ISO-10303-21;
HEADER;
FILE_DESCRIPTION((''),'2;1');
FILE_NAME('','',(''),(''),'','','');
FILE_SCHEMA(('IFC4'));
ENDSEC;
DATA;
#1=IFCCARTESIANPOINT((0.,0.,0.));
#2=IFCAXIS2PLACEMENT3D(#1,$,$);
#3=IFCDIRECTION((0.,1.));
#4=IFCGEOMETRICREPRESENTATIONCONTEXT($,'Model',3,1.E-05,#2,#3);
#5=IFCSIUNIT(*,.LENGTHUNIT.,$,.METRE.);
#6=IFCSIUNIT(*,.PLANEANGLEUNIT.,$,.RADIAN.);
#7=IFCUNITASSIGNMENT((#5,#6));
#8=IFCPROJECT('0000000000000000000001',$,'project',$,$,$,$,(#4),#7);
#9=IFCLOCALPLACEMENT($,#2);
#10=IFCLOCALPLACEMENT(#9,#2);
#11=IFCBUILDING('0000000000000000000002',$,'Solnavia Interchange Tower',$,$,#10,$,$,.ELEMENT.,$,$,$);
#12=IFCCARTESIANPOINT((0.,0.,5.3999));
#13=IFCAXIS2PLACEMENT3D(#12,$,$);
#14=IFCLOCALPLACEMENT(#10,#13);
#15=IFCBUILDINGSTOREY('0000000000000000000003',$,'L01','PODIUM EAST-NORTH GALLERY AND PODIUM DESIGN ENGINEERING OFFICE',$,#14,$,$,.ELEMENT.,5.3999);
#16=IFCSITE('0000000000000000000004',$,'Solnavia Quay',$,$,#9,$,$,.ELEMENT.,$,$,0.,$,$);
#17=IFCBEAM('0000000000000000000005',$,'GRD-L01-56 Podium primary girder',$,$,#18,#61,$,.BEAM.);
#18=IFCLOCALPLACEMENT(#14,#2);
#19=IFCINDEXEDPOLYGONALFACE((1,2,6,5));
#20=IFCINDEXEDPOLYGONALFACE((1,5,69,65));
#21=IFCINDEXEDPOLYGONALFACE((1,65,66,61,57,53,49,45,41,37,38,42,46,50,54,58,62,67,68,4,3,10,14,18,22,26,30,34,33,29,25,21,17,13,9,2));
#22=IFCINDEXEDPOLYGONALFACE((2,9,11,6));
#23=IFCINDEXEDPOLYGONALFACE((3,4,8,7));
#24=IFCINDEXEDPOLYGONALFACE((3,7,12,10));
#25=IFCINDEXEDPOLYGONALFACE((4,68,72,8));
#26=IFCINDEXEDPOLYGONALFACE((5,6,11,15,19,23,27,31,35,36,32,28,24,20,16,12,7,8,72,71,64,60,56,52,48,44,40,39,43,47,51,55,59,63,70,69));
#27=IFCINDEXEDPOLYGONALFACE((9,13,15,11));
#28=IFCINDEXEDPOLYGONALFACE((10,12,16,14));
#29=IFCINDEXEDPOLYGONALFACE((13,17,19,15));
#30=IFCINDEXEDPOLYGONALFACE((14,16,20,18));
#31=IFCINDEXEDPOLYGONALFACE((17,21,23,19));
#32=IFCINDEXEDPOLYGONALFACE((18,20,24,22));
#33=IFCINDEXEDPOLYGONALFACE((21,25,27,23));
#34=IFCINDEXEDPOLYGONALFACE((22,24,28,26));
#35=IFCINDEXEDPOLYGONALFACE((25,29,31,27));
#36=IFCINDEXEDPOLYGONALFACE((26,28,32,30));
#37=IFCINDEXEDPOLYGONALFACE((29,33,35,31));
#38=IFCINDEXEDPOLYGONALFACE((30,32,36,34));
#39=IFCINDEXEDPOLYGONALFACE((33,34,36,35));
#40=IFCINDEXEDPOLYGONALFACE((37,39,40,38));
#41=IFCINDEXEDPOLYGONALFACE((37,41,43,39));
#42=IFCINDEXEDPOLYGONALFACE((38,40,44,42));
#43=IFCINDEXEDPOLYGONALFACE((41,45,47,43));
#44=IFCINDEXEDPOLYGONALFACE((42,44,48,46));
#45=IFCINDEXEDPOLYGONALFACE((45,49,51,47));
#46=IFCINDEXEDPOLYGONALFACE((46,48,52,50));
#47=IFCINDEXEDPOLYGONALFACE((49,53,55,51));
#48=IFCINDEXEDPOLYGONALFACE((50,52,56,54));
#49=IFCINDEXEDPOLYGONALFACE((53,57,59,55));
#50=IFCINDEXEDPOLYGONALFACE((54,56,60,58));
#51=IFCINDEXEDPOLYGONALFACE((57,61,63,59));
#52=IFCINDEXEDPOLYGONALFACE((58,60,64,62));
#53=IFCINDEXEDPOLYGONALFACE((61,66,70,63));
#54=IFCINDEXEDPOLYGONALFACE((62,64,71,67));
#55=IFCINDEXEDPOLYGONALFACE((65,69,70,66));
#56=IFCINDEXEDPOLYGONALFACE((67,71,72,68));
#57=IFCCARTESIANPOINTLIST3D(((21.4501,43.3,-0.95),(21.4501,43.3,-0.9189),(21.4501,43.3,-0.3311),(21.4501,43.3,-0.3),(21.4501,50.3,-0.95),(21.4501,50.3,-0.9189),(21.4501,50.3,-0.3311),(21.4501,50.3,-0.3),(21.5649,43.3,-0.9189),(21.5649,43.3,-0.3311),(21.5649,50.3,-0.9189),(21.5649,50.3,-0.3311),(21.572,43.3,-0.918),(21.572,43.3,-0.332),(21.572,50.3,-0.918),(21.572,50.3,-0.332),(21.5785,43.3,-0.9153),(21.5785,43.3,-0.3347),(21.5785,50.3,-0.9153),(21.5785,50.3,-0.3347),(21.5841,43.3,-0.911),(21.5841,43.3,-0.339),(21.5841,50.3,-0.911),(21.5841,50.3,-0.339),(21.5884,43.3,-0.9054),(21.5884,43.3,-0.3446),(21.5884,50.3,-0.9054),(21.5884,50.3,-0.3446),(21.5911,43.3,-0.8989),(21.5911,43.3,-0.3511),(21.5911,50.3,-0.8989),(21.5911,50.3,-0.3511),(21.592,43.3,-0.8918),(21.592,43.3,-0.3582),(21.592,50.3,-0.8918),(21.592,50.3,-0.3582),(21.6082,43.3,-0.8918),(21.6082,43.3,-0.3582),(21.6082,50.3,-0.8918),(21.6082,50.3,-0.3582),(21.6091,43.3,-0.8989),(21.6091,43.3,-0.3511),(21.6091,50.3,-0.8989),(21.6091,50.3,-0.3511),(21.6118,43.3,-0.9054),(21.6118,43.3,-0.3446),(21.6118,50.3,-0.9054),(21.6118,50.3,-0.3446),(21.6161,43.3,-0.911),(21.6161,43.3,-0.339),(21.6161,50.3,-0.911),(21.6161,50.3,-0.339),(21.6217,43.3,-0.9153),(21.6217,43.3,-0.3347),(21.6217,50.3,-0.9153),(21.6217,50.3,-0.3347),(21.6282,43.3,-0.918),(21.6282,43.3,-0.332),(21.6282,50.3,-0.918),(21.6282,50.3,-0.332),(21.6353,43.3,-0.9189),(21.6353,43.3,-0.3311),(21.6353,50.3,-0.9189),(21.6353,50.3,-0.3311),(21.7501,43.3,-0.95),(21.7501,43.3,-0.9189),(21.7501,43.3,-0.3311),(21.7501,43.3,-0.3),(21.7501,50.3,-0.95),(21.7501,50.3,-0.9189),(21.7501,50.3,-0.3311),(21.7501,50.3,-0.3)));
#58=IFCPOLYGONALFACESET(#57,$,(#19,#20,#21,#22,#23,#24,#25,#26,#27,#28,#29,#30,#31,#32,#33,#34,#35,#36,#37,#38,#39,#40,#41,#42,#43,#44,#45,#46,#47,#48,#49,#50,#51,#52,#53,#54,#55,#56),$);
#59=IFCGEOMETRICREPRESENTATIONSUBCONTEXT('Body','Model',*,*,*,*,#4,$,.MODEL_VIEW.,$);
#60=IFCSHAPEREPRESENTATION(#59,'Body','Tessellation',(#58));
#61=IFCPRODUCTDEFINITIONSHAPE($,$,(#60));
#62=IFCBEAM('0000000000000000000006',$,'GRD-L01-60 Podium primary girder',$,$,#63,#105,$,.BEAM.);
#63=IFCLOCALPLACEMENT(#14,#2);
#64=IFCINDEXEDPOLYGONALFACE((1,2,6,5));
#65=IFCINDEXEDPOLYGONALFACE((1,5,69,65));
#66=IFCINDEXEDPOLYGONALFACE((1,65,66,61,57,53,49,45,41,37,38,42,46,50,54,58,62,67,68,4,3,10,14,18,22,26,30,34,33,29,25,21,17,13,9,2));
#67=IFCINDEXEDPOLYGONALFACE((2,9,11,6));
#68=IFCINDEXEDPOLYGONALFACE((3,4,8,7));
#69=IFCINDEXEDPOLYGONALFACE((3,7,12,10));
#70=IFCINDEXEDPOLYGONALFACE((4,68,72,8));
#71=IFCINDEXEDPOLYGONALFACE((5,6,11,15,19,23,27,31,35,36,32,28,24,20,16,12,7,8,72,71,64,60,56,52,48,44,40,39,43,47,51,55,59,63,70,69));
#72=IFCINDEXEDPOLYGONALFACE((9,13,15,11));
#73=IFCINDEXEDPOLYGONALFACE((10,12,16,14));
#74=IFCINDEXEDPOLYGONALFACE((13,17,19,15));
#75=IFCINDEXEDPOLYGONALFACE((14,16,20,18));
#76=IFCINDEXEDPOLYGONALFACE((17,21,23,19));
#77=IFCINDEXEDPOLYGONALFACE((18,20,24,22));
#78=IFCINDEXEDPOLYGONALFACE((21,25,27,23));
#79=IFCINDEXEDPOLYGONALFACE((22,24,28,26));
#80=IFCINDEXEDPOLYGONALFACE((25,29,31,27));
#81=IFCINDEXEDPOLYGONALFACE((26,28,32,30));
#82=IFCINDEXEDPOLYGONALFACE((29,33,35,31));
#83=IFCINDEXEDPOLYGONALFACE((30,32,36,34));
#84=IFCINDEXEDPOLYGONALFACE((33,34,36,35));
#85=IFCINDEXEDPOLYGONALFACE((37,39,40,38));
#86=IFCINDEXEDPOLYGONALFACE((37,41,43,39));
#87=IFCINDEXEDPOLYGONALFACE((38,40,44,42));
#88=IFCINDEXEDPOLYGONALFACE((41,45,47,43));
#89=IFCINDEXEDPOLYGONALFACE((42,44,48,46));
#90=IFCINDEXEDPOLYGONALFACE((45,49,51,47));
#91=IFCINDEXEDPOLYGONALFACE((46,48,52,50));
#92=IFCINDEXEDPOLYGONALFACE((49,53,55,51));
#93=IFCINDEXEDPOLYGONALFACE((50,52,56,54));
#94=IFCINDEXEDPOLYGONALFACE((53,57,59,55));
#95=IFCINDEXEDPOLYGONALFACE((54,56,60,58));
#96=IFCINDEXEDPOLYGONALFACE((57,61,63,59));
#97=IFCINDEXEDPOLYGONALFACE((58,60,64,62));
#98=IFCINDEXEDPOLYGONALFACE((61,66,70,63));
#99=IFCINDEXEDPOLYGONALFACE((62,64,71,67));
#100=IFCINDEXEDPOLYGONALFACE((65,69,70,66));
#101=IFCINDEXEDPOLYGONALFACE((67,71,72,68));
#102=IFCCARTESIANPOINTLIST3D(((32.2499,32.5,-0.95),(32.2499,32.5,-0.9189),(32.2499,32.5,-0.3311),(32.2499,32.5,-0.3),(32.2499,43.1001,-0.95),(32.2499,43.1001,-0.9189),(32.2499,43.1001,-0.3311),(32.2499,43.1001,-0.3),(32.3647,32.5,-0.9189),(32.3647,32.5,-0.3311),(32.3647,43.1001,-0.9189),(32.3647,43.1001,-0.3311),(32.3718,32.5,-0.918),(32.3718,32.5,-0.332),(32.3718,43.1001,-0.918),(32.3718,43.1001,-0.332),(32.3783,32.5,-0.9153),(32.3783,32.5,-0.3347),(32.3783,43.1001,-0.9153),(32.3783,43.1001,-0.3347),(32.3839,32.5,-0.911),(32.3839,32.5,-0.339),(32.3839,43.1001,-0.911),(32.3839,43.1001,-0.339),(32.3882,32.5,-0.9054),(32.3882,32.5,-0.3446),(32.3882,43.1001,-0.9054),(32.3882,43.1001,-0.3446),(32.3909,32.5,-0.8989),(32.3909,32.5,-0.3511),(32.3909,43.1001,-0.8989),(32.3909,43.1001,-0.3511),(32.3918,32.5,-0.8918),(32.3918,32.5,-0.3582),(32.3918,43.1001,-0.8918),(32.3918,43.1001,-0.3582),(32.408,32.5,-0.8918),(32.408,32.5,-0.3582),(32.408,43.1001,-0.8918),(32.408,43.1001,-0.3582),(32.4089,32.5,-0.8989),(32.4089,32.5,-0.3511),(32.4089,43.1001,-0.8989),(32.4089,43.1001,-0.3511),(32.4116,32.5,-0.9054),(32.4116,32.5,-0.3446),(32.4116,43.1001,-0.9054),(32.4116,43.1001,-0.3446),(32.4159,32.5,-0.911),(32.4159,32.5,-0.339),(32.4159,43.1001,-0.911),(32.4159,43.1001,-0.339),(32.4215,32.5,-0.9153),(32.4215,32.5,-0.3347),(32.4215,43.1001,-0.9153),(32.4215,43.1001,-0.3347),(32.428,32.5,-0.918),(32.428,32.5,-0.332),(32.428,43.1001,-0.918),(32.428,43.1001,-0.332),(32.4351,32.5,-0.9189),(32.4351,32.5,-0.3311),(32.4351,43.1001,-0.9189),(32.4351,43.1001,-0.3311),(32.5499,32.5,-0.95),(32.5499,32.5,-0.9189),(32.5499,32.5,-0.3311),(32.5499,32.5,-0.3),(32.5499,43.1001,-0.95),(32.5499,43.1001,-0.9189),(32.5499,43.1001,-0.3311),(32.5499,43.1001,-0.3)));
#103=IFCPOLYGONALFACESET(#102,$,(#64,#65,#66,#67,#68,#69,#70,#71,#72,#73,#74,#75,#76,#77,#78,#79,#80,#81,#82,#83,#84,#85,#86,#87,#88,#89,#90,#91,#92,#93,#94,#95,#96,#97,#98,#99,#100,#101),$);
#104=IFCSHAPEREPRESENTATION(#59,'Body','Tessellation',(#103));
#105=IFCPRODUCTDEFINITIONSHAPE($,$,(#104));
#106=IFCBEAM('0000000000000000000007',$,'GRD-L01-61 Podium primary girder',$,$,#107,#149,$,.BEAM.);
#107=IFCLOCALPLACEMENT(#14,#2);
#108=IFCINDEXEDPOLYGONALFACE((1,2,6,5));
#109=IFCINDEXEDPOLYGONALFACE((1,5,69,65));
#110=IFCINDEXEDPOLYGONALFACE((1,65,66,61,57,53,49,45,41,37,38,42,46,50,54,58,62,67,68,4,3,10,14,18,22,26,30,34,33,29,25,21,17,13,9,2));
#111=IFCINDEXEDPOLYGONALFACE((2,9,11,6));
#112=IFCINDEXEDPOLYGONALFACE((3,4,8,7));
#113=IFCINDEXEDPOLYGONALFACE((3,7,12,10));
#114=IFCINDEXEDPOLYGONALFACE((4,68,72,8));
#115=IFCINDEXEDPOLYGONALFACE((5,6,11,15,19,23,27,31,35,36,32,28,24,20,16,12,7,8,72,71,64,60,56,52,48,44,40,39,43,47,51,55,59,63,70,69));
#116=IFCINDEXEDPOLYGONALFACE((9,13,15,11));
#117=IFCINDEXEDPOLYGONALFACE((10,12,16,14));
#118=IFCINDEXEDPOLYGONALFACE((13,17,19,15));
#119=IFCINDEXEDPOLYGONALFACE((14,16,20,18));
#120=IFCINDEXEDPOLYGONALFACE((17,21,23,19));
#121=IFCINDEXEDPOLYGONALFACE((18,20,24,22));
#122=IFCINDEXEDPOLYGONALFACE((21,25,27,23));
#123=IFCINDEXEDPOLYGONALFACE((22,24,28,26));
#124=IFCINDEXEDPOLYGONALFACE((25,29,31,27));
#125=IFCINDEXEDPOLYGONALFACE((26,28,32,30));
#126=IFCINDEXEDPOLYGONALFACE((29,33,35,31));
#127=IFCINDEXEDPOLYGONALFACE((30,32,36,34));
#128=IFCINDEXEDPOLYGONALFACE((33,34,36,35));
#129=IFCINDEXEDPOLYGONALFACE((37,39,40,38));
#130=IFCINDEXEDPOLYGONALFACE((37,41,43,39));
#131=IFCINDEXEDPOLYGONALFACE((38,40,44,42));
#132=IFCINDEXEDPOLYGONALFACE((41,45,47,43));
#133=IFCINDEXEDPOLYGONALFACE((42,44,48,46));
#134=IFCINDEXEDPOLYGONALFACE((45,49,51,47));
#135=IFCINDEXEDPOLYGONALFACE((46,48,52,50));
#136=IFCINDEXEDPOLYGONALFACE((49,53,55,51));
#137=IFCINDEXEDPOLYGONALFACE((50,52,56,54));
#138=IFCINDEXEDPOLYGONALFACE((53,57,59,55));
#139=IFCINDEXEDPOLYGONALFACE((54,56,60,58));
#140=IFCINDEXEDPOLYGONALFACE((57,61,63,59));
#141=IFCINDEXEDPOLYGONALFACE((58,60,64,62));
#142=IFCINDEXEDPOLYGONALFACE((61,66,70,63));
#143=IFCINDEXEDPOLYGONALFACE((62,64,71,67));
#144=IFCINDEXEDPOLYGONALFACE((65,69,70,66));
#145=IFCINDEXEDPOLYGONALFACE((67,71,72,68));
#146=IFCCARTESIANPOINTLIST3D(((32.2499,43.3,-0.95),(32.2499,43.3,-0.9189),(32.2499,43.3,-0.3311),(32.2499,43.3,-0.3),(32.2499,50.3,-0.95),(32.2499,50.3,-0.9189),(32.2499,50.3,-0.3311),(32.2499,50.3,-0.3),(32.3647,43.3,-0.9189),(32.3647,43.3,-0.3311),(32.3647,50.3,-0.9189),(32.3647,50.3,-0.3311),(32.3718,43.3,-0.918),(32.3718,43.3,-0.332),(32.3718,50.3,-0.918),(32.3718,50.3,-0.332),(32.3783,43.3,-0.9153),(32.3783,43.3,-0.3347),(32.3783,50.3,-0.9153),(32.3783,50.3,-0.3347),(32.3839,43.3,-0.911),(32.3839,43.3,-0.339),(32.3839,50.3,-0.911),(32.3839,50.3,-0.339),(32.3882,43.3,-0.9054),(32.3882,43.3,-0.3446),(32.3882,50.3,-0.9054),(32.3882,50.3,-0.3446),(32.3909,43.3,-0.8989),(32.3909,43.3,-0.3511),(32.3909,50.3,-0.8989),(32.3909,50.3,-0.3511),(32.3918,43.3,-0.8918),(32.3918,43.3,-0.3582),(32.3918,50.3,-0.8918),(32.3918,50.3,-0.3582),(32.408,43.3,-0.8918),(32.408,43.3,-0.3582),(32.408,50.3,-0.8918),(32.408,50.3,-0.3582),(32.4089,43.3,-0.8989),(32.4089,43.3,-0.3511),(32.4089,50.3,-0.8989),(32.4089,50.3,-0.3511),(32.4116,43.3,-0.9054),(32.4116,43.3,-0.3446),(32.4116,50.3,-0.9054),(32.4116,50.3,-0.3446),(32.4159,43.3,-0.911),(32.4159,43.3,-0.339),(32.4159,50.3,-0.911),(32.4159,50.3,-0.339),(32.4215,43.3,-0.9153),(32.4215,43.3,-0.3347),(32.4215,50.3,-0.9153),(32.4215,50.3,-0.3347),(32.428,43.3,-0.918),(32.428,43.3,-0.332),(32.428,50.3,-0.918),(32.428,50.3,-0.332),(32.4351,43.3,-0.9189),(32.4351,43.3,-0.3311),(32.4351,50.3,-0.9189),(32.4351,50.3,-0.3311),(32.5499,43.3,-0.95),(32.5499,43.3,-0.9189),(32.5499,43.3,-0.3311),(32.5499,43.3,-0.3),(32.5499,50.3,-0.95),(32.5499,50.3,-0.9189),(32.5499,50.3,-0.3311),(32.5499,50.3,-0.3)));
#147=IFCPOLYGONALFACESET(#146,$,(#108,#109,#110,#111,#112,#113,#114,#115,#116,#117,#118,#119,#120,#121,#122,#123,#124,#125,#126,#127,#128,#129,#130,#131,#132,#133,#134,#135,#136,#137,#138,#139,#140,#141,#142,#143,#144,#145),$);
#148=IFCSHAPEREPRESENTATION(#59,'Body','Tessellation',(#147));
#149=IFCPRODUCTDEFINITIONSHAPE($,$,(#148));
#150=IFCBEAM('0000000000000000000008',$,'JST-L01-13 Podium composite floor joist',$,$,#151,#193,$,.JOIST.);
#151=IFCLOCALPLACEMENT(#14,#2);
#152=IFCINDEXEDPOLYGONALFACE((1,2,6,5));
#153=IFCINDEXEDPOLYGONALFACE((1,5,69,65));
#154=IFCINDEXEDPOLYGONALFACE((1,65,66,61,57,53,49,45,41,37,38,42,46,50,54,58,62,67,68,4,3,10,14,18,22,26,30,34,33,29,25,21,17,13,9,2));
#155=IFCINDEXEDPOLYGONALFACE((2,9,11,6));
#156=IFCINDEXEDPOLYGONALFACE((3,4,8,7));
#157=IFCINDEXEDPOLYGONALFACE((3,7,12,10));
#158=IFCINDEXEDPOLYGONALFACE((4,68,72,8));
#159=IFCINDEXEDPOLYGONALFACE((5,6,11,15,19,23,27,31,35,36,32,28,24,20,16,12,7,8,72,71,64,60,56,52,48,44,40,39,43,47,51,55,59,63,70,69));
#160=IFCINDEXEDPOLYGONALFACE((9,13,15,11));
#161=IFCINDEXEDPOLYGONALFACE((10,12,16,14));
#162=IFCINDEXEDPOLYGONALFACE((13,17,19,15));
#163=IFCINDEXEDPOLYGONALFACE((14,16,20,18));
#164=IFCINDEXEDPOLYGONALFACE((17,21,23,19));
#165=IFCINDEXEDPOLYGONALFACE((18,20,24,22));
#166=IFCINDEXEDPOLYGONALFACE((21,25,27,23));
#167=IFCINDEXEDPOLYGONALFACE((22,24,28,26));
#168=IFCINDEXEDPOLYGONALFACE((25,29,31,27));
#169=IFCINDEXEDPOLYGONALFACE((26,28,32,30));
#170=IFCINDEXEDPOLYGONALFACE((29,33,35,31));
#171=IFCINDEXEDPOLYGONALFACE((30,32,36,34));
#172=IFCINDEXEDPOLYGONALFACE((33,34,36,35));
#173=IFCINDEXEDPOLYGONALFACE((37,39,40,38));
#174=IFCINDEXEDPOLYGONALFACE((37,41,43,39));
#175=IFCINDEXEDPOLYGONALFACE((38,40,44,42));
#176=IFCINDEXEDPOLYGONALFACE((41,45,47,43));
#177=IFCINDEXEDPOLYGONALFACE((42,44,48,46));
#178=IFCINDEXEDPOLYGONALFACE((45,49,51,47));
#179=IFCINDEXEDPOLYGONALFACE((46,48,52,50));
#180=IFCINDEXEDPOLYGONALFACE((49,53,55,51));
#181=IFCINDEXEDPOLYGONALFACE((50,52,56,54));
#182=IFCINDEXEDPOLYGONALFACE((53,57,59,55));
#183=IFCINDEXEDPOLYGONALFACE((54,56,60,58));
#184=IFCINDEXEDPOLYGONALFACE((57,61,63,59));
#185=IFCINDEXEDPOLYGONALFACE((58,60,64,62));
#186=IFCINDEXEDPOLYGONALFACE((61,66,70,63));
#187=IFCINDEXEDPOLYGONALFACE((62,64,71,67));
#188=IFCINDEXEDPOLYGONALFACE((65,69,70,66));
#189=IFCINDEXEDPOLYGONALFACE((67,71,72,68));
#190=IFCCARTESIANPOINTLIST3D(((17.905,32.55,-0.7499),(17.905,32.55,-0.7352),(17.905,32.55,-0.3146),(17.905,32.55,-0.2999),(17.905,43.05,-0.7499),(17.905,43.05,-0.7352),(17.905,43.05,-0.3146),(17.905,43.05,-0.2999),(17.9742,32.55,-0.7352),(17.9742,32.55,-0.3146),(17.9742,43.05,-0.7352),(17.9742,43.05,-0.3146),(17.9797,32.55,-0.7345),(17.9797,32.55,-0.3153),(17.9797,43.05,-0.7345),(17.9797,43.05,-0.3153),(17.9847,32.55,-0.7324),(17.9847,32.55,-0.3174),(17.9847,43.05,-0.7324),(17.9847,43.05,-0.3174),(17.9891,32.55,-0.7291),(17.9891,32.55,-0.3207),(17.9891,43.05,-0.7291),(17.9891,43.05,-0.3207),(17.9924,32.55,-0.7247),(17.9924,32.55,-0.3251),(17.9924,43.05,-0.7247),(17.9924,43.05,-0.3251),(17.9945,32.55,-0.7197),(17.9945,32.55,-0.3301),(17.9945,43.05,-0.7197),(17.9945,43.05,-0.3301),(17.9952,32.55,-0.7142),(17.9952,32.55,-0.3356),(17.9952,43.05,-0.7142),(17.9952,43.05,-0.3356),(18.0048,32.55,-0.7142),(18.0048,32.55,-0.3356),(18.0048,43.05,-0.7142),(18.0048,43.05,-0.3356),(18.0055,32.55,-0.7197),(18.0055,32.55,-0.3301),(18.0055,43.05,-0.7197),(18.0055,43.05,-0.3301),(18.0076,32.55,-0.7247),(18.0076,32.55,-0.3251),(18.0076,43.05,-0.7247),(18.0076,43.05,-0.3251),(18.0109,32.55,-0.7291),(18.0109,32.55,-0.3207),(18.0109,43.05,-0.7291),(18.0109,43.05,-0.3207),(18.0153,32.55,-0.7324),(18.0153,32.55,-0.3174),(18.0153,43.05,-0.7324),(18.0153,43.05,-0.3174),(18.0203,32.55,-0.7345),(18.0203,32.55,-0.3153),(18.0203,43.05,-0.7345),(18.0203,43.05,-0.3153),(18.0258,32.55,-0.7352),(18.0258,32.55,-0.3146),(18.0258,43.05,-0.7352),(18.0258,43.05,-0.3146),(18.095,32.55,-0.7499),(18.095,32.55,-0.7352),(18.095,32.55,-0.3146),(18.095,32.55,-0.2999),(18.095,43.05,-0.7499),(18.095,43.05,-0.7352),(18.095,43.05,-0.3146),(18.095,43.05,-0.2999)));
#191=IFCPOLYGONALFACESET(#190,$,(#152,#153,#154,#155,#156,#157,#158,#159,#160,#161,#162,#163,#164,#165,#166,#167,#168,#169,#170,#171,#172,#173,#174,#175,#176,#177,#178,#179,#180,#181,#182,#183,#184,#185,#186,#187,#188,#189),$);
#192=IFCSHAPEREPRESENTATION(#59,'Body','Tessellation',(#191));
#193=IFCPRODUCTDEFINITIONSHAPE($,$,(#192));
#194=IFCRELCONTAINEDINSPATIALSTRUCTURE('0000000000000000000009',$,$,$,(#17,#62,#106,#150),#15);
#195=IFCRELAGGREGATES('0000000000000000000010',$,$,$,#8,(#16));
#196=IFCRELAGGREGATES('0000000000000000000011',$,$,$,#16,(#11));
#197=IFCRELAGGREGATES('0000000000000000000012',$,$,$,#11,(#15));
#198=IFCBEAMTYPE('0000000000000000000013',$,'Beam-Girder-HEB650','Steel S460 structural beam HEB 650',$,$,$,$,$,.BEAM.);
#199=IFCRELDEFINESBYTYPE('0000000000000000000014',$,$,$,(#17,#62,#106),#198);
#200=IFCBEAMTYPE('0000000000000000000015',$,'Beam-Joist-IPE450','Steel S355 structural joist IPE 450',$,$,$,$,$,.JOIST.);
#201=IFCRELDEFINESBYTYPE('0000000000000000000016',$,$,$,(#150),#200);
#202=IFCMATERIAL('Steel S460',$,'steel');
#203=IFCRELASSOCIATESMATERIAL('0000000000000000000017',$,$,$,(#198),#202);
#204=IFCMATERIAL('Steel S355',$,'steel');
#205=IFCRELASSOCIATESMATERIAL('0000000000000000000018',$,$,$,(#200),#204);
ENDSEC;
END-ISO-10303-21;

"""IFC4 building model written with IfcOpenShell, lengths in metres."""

from ifc_helpers import new_model, si_unit, direction, frame, origin, origin_2d, place, context, subcontext, project, spatial, i_section, extrude, material, material_profile, profile_set, type_object, element, save


model = new_model("IFC4")

# Units and contexts
model_context = context("Model", 3, precision=1e-05, world=origin(), true_north=direction((0.0, 1.0)))
body_context = subcontext(model_context, "Body", "Model", "MODEL_VIEW")
ifc_project = project(units=[si_unit("LENGTHUNIT", "METRE"), si_unit("PLANEANGLEUNIT", "RADIAN")], contexts=[model_context])

# Site, building, storey
site_placement = place(None, origin())
site = spatial("IfcSite", under=ifc_project, at=site_placement, Name="Solnavia Quay", CompositionType="ELEMENT", RefElevation=0.0)
building_placement = place(site_placement, origin())
building = spatial("IfcBuilding", under=site, at=building_placement, Name="Solnavia Interchange Tower", CompositionType="ELEMENT")
storey_placement = place(building_placement, frame((0.0, 0.0, 5.3999)))
storey = spatial("IfcBuildingStorey", under=building, at=storey_placement, Name="L01", Description="PODIUM EAST-NORTH GALLERY AND PODIUM DESIGN ENGINEERING OFFICE", CompositionType="ELEMENT", Elevation=5.3999)

# Beams
ifc_material_1 = material(Name="Steel S460", Category="steel")
ifc_material_profile_1 = material_profile(ifc_material_1, i_section(OverallWidth=0.3, OverallDepth=0.6499, WebThickness=0.0161, FlangeThickness=0.031, FilletRadius=0.0271, at=origin_2d()), Name="HEB 650")
ifc_profile_set_1 = profile_set([ifc_material_profile_1], Name="Steel S460")
beam_type_1 = type_object("IfcBeamType", Name="Beam-Girder-HEB650", Description="Steel S460 structural beam HEB 650", PredefinedType="BEAM", material=ifc_profile_set_1)
beam_1_placement = place(storey_placement, frame((21.6001, 43.3, -0.625), z_axis=(0.0, 1.0, 0.0), x_axis=(-1.0, 0.0, 0.0)))
element("IfcBeam", 1, at=beam_1_placement, inside=storey, type_object=beam_type_1, Name="GRD-L01-56 Podium primary girder", PredefinedType="BEAM", context=body_context, shape_type="SweptSolid", body=[
    extrude(i_section(OverallWidth=0.3, OverallDepth=0.6499, WebThickness=0.0161, FlangeThickness=0.031, FilletRadius=0.0271, at=origin_2d()), origin(), (0.0, 0.0, 1.0), 7.0),
])
beam_2_placement = place(storey_placement, frame((32.3999, 32.5, -0.625), z_axis=(0.0, 1.0, 0.0), x_axis=(-1.0, 0.0, 0.0)))
element("IfcBeam", 2, at=beam_2_placement, inside=storey, type_object=beam_type_1, Name="GRD-L01-60 Podium primary girder", PredefinedType="BEAM", context=body_context, shape_type="SweptSolid", body=[
    extrude(i_section(OverallWidth=0.3, OverallDepth=0.6499, WebThickness=0.0161, FlangeThickness=0.031, FilletRadius=0.0271, at=origin_2d()), origin(), (0.0, 0.0, 1.0), 10.6001),
])
beam_3_placement = place(storey_placement, frame((32.3999, 43.3, -0.625), z_axis=(0.0, 1.0, 0.0), x_axis=(-1.0, 0.0, 0.0)))
element("IfcBeam", 3, at=beam_3_placement, inside=storey, type_object=beam_type_1, Name="GRD-L01-61 Podium primary girder", PredefinedType="BEAM", context=body_context, shape_type="SweptSolid", body=[
    extrude(i_section(OverallWidth=0.3, OverallDepth=0.6499, WebThickness=0.0161, FlangeThickness=0.031, FilletRadius=0.0271, at=origin_2d()), origin(), (0.0, 0.0, 1.0), 7.0),
])
ifc_material_2 = material(Name="Steel S355", Category="steel")
ifc_material_profile_2 = material_profile(ifc_material_2, i_section(OverallWidth=0.1899, OverallDepth=0.45, WebThickness=0.0095, FlangeThickness=0.0146, FilletRadius=0.021, at=origin_2d()), Name="IPE 450")
ifc_profile_set_2 = profile_set([ifc_material_profile_2], Name="Steel S355")
beam_type_2 = type_object("IfcBeamType", Name="Beam-Joist-IPE450", Description="Steel S355 structural joist IPE 450", PredefinedType="JOIST", material=ifc_profile_set_2)
beam_4_placement = place(storey_placement, frame((18.0, 32.55, -0.5249), z_axis=(0.0, 1.0, 0.0), x_axis=(-1.0, 0.0, 0.0)))
element("IfcBeam", 4, at=beam_4_placement, inside=storey, type_object=beam_type_2, Name="JST-L01-13 Podium composite floor joist", PredefinedType="JOIST", context=body_context, shape_type="SweptSolid", body=[
    extrude(i_section(OverallWidth=0.1899, OverallDepth=0.45, WebThickness=0.0095, FlangeThickness=0.0146, FilletRadius=0.021, at=origin_2d()), origin(), (0.0, 0.0, 1.0), 10.5),
])

save(model, "model.ifc")
